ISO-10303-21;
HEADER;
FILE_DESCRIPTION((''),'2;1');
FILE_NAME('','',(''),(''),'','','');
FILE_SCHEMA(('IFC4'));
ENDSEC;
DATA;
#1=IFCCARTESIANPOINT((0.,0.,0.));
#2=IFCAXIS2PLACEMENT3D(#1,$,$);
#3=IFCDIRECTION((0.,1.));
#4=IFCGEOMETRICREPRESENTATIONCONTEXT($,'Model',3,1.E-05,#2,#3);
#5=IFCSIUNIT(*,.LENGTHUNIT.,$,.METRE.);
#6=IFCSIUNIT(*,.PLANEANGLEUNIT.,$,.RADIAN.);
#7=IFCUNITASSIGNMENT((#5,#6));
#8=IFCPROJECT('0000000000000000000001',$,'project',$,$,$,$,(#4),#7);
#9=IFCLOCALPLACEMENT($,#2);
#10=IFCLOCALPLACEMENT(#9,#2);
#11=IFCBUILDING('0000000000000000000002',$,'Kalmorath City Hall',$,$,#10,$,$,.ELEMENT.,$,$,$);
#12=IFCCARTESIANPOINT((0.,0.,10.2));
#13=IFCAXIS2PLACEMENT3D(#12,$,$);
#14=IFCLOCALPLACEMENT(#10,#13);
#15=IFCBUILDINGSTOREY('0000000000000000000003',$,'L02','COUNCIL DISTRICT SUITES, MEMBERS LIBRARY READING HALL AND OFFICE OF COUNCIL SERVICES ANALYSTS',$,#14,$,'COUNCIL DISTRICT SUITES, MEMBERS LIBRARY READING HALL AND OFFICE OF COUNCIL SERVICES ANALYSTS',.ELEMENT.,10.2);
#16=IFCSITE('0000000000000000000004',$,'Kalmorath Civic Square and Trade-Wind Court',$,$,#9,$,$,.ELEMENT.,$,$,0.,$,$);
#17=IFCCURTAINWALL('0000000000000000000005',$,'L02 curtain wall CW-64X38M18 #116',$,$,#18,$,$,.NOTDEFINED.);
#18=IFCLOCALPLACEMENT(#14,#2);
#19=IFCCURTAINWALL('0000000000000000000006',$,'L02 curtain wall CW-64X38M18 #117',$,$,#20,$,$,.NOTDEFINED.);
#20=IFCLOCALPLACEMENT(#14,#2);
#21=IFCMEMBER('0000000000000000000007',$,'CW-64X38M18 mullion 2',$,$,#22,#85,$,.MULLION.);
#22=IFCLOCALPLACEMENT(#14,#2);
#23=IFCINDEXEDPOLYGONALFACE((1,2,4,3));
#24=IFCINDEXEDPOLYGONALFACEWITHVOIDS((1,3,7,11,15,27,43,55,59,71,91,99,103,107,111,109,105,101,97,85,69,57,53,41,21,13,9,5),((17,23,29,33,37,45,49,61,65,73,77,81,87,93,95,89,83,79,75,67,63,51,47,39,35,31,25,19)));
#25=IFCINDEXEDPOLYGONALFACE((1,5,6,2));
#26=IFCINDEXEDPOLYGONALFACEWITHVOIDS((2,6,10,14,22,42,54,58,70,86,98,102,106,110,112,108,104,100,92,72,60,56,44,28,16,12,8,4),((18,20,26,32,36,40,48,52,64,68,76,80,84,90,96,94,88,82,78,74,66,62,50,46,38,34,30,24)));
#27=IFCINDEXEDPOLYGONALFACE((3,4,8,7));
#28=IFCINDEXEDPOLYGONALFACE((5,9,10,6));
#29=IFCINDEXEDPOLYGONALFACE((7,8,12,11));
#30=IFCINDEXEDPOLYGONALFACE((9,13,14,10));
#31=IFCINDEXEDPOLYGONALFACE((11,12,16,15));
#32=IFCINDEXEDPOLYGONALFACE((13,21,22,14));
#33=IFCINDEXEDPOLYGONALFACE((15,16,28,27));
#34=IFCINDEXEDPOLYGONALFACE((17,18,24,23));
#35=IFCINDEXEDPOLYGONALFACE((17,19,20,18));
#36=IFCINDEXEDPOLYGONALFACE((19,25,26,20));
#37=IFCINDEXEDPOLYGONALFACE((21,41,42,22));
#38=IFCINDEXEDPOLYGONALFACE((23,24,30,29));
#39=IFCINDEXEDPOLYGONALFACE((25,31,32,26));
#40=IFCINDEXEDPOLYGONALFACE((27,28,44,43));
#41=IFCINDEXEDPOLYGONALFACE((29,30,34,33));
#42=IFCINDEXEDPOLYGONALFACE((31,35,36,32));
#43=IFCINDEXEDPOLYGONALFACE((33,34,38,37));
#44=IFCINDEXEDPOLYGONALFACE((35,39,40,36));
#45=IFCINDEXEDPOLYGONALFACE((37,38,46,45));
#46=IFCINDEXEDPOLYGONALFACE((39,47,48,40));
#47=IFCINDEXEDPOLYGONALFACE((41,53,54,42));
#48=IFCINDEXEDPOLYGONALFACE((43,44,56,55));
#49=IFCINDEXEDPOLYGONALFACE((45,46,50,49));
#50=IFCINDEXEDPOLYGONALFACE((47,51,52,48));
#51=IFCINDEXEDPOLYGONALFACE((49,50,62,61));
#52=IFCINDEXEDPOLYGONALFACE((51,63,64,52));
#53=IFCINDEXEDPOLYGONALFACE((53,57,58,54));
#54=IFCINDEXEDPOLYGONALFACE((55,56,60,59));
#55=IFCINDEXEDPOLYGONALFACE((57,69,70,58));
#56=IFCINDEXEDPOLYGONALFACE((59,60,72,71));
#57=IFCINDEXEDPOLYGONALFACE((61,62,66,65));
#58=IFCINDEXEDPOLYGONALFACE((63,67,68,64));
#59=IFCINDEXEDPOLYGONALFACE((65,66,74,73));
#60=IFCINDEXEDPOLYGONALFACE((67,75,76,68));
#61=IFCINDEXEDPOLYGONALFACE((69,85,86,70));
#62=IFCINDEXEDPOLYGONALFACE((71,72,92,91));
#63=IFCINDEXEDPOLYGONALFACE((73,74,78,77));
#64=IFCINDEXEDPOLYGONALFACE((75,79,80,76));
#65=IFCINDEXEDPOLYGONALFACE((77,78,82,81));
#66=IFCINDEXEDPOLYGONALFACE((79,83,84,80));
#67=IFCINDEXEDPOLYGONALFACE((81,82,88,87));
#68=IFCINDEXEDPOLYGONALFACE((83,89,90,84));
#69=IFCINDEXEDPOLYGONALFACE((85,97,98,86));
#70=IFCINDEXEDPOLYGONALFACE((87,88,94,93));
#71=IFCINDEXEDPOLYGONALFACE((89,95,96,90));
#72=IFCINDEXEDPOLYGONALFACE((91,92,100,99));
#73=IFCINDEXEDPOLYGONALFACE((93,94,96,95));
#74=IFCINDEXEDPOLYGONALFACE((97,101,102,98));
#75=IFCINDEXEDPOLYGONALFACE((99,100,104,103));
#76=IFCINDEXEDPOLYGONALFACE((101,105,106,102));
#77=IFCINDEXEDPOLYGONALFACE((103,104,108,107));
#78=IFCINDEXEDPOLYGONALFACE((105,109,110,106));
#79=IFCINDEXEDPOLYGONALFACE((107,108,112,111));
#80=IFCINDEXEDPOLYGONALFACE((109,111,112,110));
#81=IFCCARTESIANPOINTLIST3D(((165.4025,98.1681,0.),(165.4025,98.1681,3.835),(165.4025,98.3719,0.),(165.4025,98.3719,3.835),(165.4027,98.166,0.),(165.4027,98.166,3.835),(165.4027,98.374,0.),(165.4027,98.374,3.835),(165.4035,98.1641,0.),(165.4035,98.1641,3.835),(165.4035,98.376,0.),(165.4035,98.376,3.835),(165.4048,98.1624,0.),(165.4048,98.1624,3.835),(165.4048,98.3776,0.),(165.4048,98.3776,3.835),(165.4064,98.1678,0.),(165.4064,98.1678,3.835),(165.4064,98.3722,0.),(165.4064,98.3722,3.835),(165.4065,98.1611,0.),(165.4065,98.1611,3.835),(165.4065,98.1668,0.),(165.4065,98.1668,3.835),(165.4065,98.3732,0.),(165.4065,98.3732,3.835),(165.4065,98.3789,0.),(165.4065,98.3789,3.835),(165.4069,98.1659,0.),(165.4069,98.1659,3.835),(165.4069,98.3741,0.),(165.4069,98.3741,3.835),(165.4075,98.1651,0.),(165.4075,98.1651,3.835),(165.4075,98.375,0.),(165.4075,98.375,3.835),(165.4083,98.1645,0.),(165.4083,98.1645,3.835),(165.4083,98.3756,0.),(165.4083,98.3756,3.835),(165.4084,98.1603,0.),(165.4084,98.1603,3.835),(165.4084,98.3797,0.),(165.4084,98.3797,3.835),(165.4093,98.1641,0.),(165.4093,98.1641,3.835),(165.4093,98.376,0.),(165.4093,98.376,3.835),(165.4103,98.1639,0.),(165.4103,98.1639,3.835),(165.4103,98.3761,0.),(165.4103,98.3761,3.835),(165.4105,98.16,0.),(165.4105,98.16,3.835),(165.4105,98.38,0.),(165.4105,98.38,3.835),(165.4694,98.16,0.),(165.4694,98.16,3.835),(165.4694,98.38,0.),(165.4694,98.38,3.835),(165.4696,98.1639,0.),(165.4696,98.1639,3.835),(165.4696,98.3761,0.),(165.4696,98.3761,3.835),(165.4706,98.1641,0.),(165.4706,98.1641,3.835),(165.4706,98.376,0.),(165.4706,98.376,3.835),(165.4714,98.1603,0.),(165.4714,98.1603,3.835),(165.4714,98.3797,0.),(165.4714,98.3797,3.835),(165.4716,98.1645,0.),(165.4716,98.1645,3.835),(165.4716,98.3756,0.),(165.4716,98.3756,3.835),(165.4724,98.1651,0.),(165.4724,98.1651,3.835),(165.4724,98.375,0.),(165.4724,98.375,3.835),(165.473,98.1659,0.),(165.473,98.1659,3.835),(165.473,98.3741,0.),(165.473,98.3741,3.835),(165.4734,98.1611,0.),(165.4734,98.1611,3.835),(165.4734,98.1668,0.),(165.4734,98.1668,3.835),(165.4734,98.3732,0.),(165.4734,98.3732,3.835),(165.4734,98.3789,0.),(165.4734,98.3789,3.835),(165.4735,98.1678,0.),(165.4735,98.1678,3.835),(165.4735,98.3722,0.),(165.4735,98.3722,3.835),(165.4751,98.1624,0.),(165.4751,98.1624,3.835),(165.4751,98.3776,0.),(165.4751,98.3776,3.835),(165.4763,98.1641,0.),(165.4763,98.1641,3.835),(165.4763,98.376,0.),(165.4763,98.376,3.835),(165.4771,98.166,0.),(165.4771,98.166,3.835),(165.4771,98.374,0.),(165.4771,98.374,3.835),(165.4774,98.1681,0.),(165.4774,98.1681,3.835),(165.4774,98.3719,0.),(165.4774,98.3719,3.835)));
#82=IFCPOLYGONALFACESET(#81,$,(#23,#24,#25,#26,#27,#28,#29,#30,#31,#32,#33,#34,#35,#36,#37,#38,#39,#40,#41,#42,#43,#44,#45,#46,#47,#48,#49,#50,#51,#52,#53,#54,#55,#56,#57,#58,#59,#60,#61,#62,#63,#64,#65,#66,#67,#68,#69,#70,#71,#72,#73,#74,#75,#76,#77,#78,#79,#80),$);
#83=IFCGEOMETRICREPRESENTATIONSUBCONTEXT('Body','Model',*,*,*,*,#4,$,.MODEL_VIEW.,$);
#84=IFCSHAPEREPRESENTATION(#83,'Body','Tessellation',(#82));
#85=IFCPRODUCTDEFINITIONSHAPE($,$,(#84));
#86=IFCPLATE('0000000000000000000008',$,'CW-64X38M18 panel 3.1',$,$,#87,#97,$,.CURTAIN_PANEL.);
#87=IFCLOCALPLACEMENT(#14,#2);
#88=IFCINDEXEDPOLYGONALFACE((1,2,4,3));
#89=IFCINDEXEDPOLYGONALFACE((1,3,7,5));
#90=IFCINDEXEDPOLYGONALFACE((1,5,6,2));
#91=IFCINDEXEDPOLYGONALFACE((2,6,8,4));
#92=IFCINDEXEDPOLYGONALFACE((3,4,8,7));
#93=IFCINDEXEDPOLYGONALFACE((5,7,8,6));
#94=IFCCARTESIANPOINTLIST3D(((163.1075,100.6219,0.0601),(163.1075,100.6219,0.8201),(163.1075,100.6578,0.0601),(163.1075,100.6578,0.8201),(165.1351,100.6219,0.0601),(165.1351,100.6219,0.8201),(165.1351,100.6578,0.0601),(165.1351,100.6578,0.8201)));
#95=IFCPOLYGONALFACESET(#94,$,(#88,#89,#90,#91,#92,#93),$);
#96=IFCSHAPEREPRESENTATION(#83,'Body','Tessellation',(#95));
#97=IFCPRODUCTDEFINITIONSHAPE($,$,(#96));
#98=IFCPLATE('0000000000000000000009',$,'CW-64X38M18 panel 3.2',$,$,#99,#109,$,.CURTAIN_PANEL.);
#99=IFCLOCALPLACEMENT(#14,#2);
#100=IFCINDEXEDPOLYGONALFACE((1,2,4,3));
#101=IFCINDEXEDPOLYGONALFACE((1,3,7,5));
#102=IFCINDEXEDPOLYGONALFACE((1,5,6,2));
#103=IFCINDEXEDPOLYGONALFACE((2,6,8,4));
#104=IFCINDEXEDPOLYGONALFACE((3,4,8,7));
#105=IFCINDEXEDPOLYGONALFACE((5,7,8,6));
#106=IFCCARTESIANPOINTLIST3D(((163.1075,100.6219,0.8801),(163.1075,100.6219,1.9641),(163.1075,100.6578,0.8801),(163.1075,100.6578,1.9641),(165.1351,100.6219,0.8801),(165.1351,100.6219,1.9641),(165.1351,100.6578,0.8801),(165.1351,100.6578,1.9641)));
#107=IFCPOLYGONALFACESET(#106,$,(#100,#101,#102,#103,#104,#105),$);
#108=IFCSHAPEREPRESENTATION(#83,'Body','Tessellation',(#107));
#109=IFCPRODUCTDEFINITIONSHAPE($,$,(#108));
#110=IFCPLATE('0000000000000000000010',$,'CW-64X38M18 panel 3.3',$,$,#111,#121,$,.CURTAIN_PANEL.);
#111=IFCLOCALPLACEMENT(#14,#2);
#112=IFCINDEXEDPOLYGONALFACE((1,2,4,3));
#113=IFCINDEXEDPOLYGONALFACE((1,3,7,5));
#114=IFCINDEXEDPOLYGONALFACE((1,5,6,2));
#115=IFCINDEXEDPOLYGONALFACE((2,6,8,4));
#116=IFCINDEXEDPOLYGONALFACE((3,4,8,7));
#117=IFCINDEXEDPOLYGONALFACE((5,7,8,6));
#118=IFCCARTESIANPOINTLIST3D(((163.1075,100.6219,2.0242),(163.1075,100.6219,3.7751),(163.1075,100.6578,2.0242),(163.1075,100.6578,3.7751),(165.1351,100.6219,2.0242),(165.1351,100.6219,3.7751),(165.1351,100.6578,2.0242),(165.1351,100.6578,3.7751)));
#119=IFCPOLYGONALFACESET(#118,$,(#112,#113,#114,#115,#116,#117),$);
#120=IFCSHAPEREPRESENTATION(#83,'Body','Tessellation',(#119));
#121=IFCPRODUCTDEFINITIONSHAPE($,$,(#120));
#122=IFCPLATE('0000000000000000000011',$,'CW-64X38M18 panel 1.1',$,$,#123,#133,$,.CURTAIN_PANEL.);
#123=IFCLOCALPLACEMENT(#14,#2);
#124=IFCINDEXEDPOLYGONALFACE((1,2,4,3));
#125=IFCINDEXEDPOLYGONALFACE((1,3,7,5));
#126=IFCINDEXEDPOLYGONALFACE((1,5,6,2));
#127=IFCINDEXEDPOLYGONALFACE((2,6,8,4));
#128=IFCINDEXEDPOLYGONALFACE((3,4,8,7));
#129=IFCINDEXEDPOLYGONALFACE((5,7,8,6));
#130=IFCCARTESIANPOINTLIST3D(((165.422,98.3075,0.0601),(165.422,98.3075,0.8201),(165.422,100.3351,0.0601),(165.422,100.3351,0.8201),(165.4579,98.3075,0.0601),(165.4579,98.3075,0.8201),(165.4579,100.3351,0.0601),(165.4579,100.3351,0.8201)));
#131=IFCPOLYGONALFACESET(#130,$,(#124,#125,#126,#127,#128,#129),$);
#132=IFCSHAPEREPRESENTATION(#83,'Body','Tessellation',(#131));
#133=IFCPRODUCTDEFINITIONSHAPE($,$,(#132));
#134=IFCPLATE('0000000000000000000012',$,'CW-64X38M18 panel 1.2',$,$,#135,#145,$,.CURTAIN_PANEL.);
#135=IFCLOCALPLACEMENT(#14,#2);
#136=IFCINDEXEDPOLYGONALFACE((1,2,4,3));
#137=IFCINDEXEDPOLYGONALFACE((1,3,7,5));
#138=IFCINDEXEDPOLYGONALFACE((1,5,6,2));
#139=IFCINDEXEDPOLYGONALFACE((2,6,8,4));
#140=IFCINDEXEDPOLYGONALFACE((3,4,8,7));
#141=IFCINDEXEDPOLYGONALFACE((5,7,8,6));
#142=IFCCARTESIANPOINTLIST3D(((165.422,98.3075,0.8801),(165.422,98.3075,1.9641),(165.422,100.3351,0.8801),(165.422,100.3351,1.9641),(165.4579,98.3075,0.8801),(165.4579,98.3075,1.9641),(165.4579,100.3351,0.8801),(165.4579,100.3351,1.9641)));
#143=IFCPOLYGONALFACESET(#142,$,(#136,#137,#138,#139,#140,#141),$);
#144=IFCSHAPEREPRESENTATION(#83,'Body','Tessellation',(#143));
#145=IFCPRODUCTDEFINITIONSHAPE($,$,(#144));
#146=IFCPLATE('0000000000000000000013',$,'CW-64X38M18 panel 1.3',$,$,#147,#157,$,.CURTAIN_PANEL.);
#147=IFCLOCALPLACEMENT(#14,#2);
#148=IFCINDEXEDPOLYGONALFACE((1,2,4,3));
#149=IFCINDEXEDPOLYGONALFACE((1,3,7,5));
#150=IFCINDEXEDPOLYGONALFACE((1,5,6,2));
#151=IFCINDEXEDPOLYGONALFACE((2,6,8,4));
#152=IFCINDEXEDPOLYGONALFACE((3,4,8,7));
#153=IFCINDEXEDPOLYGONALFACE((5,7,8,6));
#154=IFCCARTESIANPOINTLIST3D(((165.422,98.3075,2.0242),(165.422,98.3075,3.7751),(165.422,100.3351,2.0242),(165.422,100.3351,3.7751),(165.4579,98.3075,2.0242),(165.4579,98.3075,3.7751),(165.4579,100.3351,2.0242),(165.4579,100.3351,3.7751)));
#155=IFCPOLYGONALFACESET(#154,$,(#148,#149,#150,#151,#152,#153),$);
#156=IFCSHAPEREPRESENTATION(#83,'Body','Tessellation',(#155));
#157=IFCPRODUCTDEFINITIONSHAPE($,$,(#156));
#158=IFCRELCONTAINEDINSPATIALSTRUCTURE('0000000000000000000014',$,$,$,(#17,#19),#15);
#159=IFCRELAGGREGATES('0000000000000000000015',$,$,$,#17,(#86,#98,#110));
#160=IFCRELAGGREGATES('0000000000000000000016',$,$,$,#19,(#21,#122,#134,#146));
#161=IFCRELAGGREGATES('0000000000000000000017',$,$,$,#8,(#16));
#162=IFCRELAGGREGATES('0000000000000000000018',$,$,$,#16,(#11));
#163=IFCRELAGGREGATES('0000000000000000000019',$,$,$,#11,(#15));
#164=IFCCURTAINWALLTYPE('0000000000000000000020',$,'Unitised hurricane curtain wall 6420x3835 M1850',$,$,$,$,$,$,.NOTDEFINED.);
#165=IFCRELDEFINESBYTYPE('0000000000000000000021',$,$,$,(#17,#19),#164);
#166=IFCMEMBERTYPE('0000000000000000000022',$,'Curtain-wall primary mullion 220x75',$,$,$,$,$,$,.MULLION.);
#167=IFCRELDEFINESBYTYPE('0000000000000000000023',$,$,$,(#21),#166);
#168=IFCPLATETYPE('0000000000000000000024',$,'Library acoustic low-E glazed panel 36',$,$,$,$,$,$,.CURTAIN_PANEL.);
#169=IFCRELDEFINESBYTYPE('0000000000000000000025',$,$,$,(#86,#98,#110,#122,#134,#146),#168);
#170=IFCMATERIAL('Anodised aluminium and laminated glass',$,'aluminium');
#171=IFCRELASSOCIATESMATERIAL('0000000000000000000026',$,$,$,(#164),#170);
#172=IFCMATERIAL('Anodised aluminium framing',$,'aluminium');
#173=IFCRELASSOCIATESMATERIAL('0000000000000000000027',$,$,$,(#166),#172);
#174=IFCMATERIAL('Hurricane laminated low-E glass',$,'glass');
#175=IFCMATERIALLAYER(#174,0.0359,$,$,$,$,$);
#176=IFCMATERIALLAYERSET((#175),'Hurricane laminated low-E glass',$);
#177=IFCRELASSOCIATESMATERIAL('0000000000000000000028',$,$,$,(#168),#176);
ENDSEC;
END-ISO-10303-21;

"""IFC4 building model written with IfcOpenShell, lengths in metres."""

from ifc_helpers import new_model, si_unit, direction, frame, origin, origin_2d, place, context, subcontext, project, spatial, rectangle, hollow_rectangle, extrude, material, layer, layer_set, material_profile, profile_set, type_object, element, aggregate, save


model = new_model("IFC4")

# Units and contexts
model_context = context("Model", 3, precision=1e-05, world=origin(), true_north=direction((0.0, 1.0)))
body_context = subcontext(model_context, "Body", "Model", "MODEL_VIEW")
ifc_project = project(units=[si_unit("LENGTHUNIT", "METRE"), si_unit("PLANEANGLEUNIT", "RADIAN")], contexts=[model_context])

# Site, building, storey
site_placement = place(None, origin())
site = spatial("IfcSite", under=ifc_project, at=site_placement, Name="Kalmorath Civic Square and Trade-Wind Court", CompositionType="ELEMENT", RefElevation=0.0)
building_placement = place(site_placement, origin())
building = spatial("IfcBuilding", under=site, at=building_placement, Name="Kalmorath City Hall", CompositionType="ELEMENT")
storey_placement = place(building_placement, frame((0.0, 0.0, 10.2)))
storey = spatial("IfcBuildingStorey", under=building, at=storey_placement, Name="L02", Description="COUNCIL DISTRICT SUITES, MEMBERS LIBRARY READING HALL AND OFFICE OF COUNCIL SERVICES ANALYSTS", LongName="COUNCIL DISTRICT SUITES, MEMBERS LIBRARY READING HALL AND OFFICE OF COUNCIL SERVICES ANALYSTS", CompositionType="ELEMENT", Elevation=10.2)

# Curtain walls
ifc_material_1 = material(Name="Anodised aluminium and laminated glass", Category="aluminium")
curtain_wall_type = type_object("IfcCurtainWallType", Name="Unitised hurricane curtain wall 6420x3835 M1850", PredefinedType="NOTDEFINED", material=ifc_material_1)
curtain_wall_1_placement = place(storey_placement, origin())
curtain_wall_1 = element("IfcCurtainWall", 1, at=curtain_wall_1_placement, inside=storey, type_object=curtain_wall_type, Name="L02 curtain wall CW-64X38M18 #116", PredefinedType="NOTDEFINED")
curtain_wall_2_placement = place(storey_placement, origin())
curtain_wall_2 = element("IfcCurtainWall", 2, at=curtain_wall_2_placement, inside=storey, type_object=curtain_wall_type, Name="L02 curtain wall CW-64X38M18 #117", PredefinedType="NOTDEFINED")

# Member
ifc_material_2 = material(Name="Anodised aluminium framing", Category="aluminium")
ifc_material_profile_1 = material_profile(ifc_material_2, hollow_rectangle(XDim=0.075, YDim=0.22, WallThickness=0.0039, InnerFilletRadius=0.0039, OuterFilletRadius=0.0081, at=origin_2d()), Name="ALU-MUL-220X75X4")
ifc_profile_set_1 = profile_set([ifc_material_profile_1], Name="Anodised aluminium framing")
member_type_1 = type_object("IfcMemberType", Name="Curtain-wall primary mullion 220x75", PredefinedType="MULLION", material=ifc_profile_set_1)
member_1_placement = place(storey_placement, frame((165.4399, 98.27, 0.0), z_axis=(0.0, 0.0, 1.0), x_axis=(1.0, 0.0, 0.0)))
member_1 = element("IfcMember", 3, at=member_1_placement, type_object=member_type_1, Name="CW-64X38M18 mullion 2", PredefinedType="MULLION", context=body_context, shape_type="SweptSolid", body=[
    extrude(hollow_rectangle(XDim=0.075, YDim=0.22, WallThickness=0.0039, InnerFilletRadius=0.0039, OuterFilletRadius=0.0081, at=origin_2d()), origin(), (0.0, 0.0, 1.0), 3.835),
])

# Plates
ifc_material_3 = material(Name="Hurricane laminated low-E glass", Category="glass")
ifc_layer = layer(ifc_material_3, 0.0359)
ifc_layer_set = layer_set([ifc_layer], Name="Hurricane laminated low-E glass")
plate_type = type_object("IfcPlateType", Name="Library acoustic low-E glazed panel 36", PredefinedType="CURTAIN_PANEL", material=ifc_layer_set)
plate_1_placement = place(storey_placement, frame((164.1213, 100.6399, 0.0601), z_axis=(0.0, 0.0, 1.0), x_axis=(1.0, 0.0, 0.0)))
plate_1 = element("IfcPlate", 4, at=plate_1_placement, type_object=plate_type, Name="CW-64X38M18 panel 3.1", PredefinedType="CURTAIN_PANEL", context=body_context, shape_type="SweptSolid", body=[
    extrude(rectangle(XDim=2.0276, YDim=0.0359, at=origin_2d()), origin(), (0.0, 0.0, 1.0), 0.76),
])
plate_2_placement = place(storey_placement, frame((164.1213, 100.6399, 0.8801), z_axis=(0.0, 0.0, 1.0), x_axis=(1.0, 0.0, 0.0)))
plate_2 = element("IfcPlate", 5, at=plate_2_placement, type_object=plate_type, Name="CW-64X38M18 panel 3.2", PredefinedType="CURTAIN_PANEL", context=body_context, shape_type="SweptSolid", body=[
    extrude(rectangle(XDim=2.0276, YDim=0.0359, at=origin_2d()), origin(), (0.0, 0.0, 1.0), 1.084),
])
plate_3_placement = place(storey_placement, frame((164.1213, 100.6399, 2.0242), z_axis=(0.0, 0.0, 1.0), x_axis=(1.0, 0.0, 0.0)))
plate_3 = element("IfcPlate", 6, at=plate_3_placement, type_object=plate_type, Name="CW-64X38M18 panel 3.3", PredefinedType="CURTAIN_PANEL", context=body_context, shape_type="SweptSolid", body=[
    extrude(rectangle(XDim=2.0276, YDim=0.0359, at=origin_2d()), origin(), (0.0, 0.0, 1.0), 1.751),
])
aggregate(curtain_wall_1, [plate_1, plate_2, plate_3])
plate_4_placement = place(storey_placement, frame((165.4399, 99.3213, 0.0601), z_axis=(0.0, 0.0, 1.0), x_axis=(0.0, -1.0, 0.0)))
plate_4 = element("IfcPlate", 7, at=plate_4_placement, type_object=plate_type, Name="CW-64X38M18 panel 1.1", PredefinedType="CURTAIN_PANEL", context=body_context, shape_type="SweptSolid", body=[
    extrude(rectangle(XDim=2.0276, YDim=0.0359, at=origin_2d()), origin(), (0.0, 0.0, 1.0), 0.76),
])
plate_5_placement = place(storey_placement, frame((165.4399, 99.3213, 0.8801), z_axis=(0.0, 0.0, 1.0), x_axis=(0.0, -1.0, 0.0)))
plate_5 = element("IfcPlate", 8, at=plate_5_placement, type_object=plate_type, Name="CW-64X38M18 panel 1.2", PredefinedType="CURTAIN_PANEL", context=body_context, shape_type="SweptSolid", body=[
    extrude(rectangle(XDim=2.0276, YDim=0.0359, at=origin_2d()), origin(), (0.0, 0.0, 1.0), 1.084),
])
plate_6_placement = place(storey_placement, frame((165.4399, 99.3213, 2.0242), z_axis=(0.0, 0.0, 1.0), x_axis=(0.0, -1.0, 0.0)))
plate_6 = element("IfcPlate", 9, at=plate_6_placement, type_object=plate_type, Name="CW-64X38M18 panel 1.3", PredefinedType="CURTAIN_PANEL", context=body_context, shape_type="SweptSolid", body=[
    extrude(rectangle(XDim=2.0276, YDim=0.0359, at=origin_2d()), origin(), (0.0, 0.0, 1.0), 1.751),
])
aggregate(curtain_wall_2, [member_1, plate_4, plate_5, plate_6])

save(model, "model.ifc")
